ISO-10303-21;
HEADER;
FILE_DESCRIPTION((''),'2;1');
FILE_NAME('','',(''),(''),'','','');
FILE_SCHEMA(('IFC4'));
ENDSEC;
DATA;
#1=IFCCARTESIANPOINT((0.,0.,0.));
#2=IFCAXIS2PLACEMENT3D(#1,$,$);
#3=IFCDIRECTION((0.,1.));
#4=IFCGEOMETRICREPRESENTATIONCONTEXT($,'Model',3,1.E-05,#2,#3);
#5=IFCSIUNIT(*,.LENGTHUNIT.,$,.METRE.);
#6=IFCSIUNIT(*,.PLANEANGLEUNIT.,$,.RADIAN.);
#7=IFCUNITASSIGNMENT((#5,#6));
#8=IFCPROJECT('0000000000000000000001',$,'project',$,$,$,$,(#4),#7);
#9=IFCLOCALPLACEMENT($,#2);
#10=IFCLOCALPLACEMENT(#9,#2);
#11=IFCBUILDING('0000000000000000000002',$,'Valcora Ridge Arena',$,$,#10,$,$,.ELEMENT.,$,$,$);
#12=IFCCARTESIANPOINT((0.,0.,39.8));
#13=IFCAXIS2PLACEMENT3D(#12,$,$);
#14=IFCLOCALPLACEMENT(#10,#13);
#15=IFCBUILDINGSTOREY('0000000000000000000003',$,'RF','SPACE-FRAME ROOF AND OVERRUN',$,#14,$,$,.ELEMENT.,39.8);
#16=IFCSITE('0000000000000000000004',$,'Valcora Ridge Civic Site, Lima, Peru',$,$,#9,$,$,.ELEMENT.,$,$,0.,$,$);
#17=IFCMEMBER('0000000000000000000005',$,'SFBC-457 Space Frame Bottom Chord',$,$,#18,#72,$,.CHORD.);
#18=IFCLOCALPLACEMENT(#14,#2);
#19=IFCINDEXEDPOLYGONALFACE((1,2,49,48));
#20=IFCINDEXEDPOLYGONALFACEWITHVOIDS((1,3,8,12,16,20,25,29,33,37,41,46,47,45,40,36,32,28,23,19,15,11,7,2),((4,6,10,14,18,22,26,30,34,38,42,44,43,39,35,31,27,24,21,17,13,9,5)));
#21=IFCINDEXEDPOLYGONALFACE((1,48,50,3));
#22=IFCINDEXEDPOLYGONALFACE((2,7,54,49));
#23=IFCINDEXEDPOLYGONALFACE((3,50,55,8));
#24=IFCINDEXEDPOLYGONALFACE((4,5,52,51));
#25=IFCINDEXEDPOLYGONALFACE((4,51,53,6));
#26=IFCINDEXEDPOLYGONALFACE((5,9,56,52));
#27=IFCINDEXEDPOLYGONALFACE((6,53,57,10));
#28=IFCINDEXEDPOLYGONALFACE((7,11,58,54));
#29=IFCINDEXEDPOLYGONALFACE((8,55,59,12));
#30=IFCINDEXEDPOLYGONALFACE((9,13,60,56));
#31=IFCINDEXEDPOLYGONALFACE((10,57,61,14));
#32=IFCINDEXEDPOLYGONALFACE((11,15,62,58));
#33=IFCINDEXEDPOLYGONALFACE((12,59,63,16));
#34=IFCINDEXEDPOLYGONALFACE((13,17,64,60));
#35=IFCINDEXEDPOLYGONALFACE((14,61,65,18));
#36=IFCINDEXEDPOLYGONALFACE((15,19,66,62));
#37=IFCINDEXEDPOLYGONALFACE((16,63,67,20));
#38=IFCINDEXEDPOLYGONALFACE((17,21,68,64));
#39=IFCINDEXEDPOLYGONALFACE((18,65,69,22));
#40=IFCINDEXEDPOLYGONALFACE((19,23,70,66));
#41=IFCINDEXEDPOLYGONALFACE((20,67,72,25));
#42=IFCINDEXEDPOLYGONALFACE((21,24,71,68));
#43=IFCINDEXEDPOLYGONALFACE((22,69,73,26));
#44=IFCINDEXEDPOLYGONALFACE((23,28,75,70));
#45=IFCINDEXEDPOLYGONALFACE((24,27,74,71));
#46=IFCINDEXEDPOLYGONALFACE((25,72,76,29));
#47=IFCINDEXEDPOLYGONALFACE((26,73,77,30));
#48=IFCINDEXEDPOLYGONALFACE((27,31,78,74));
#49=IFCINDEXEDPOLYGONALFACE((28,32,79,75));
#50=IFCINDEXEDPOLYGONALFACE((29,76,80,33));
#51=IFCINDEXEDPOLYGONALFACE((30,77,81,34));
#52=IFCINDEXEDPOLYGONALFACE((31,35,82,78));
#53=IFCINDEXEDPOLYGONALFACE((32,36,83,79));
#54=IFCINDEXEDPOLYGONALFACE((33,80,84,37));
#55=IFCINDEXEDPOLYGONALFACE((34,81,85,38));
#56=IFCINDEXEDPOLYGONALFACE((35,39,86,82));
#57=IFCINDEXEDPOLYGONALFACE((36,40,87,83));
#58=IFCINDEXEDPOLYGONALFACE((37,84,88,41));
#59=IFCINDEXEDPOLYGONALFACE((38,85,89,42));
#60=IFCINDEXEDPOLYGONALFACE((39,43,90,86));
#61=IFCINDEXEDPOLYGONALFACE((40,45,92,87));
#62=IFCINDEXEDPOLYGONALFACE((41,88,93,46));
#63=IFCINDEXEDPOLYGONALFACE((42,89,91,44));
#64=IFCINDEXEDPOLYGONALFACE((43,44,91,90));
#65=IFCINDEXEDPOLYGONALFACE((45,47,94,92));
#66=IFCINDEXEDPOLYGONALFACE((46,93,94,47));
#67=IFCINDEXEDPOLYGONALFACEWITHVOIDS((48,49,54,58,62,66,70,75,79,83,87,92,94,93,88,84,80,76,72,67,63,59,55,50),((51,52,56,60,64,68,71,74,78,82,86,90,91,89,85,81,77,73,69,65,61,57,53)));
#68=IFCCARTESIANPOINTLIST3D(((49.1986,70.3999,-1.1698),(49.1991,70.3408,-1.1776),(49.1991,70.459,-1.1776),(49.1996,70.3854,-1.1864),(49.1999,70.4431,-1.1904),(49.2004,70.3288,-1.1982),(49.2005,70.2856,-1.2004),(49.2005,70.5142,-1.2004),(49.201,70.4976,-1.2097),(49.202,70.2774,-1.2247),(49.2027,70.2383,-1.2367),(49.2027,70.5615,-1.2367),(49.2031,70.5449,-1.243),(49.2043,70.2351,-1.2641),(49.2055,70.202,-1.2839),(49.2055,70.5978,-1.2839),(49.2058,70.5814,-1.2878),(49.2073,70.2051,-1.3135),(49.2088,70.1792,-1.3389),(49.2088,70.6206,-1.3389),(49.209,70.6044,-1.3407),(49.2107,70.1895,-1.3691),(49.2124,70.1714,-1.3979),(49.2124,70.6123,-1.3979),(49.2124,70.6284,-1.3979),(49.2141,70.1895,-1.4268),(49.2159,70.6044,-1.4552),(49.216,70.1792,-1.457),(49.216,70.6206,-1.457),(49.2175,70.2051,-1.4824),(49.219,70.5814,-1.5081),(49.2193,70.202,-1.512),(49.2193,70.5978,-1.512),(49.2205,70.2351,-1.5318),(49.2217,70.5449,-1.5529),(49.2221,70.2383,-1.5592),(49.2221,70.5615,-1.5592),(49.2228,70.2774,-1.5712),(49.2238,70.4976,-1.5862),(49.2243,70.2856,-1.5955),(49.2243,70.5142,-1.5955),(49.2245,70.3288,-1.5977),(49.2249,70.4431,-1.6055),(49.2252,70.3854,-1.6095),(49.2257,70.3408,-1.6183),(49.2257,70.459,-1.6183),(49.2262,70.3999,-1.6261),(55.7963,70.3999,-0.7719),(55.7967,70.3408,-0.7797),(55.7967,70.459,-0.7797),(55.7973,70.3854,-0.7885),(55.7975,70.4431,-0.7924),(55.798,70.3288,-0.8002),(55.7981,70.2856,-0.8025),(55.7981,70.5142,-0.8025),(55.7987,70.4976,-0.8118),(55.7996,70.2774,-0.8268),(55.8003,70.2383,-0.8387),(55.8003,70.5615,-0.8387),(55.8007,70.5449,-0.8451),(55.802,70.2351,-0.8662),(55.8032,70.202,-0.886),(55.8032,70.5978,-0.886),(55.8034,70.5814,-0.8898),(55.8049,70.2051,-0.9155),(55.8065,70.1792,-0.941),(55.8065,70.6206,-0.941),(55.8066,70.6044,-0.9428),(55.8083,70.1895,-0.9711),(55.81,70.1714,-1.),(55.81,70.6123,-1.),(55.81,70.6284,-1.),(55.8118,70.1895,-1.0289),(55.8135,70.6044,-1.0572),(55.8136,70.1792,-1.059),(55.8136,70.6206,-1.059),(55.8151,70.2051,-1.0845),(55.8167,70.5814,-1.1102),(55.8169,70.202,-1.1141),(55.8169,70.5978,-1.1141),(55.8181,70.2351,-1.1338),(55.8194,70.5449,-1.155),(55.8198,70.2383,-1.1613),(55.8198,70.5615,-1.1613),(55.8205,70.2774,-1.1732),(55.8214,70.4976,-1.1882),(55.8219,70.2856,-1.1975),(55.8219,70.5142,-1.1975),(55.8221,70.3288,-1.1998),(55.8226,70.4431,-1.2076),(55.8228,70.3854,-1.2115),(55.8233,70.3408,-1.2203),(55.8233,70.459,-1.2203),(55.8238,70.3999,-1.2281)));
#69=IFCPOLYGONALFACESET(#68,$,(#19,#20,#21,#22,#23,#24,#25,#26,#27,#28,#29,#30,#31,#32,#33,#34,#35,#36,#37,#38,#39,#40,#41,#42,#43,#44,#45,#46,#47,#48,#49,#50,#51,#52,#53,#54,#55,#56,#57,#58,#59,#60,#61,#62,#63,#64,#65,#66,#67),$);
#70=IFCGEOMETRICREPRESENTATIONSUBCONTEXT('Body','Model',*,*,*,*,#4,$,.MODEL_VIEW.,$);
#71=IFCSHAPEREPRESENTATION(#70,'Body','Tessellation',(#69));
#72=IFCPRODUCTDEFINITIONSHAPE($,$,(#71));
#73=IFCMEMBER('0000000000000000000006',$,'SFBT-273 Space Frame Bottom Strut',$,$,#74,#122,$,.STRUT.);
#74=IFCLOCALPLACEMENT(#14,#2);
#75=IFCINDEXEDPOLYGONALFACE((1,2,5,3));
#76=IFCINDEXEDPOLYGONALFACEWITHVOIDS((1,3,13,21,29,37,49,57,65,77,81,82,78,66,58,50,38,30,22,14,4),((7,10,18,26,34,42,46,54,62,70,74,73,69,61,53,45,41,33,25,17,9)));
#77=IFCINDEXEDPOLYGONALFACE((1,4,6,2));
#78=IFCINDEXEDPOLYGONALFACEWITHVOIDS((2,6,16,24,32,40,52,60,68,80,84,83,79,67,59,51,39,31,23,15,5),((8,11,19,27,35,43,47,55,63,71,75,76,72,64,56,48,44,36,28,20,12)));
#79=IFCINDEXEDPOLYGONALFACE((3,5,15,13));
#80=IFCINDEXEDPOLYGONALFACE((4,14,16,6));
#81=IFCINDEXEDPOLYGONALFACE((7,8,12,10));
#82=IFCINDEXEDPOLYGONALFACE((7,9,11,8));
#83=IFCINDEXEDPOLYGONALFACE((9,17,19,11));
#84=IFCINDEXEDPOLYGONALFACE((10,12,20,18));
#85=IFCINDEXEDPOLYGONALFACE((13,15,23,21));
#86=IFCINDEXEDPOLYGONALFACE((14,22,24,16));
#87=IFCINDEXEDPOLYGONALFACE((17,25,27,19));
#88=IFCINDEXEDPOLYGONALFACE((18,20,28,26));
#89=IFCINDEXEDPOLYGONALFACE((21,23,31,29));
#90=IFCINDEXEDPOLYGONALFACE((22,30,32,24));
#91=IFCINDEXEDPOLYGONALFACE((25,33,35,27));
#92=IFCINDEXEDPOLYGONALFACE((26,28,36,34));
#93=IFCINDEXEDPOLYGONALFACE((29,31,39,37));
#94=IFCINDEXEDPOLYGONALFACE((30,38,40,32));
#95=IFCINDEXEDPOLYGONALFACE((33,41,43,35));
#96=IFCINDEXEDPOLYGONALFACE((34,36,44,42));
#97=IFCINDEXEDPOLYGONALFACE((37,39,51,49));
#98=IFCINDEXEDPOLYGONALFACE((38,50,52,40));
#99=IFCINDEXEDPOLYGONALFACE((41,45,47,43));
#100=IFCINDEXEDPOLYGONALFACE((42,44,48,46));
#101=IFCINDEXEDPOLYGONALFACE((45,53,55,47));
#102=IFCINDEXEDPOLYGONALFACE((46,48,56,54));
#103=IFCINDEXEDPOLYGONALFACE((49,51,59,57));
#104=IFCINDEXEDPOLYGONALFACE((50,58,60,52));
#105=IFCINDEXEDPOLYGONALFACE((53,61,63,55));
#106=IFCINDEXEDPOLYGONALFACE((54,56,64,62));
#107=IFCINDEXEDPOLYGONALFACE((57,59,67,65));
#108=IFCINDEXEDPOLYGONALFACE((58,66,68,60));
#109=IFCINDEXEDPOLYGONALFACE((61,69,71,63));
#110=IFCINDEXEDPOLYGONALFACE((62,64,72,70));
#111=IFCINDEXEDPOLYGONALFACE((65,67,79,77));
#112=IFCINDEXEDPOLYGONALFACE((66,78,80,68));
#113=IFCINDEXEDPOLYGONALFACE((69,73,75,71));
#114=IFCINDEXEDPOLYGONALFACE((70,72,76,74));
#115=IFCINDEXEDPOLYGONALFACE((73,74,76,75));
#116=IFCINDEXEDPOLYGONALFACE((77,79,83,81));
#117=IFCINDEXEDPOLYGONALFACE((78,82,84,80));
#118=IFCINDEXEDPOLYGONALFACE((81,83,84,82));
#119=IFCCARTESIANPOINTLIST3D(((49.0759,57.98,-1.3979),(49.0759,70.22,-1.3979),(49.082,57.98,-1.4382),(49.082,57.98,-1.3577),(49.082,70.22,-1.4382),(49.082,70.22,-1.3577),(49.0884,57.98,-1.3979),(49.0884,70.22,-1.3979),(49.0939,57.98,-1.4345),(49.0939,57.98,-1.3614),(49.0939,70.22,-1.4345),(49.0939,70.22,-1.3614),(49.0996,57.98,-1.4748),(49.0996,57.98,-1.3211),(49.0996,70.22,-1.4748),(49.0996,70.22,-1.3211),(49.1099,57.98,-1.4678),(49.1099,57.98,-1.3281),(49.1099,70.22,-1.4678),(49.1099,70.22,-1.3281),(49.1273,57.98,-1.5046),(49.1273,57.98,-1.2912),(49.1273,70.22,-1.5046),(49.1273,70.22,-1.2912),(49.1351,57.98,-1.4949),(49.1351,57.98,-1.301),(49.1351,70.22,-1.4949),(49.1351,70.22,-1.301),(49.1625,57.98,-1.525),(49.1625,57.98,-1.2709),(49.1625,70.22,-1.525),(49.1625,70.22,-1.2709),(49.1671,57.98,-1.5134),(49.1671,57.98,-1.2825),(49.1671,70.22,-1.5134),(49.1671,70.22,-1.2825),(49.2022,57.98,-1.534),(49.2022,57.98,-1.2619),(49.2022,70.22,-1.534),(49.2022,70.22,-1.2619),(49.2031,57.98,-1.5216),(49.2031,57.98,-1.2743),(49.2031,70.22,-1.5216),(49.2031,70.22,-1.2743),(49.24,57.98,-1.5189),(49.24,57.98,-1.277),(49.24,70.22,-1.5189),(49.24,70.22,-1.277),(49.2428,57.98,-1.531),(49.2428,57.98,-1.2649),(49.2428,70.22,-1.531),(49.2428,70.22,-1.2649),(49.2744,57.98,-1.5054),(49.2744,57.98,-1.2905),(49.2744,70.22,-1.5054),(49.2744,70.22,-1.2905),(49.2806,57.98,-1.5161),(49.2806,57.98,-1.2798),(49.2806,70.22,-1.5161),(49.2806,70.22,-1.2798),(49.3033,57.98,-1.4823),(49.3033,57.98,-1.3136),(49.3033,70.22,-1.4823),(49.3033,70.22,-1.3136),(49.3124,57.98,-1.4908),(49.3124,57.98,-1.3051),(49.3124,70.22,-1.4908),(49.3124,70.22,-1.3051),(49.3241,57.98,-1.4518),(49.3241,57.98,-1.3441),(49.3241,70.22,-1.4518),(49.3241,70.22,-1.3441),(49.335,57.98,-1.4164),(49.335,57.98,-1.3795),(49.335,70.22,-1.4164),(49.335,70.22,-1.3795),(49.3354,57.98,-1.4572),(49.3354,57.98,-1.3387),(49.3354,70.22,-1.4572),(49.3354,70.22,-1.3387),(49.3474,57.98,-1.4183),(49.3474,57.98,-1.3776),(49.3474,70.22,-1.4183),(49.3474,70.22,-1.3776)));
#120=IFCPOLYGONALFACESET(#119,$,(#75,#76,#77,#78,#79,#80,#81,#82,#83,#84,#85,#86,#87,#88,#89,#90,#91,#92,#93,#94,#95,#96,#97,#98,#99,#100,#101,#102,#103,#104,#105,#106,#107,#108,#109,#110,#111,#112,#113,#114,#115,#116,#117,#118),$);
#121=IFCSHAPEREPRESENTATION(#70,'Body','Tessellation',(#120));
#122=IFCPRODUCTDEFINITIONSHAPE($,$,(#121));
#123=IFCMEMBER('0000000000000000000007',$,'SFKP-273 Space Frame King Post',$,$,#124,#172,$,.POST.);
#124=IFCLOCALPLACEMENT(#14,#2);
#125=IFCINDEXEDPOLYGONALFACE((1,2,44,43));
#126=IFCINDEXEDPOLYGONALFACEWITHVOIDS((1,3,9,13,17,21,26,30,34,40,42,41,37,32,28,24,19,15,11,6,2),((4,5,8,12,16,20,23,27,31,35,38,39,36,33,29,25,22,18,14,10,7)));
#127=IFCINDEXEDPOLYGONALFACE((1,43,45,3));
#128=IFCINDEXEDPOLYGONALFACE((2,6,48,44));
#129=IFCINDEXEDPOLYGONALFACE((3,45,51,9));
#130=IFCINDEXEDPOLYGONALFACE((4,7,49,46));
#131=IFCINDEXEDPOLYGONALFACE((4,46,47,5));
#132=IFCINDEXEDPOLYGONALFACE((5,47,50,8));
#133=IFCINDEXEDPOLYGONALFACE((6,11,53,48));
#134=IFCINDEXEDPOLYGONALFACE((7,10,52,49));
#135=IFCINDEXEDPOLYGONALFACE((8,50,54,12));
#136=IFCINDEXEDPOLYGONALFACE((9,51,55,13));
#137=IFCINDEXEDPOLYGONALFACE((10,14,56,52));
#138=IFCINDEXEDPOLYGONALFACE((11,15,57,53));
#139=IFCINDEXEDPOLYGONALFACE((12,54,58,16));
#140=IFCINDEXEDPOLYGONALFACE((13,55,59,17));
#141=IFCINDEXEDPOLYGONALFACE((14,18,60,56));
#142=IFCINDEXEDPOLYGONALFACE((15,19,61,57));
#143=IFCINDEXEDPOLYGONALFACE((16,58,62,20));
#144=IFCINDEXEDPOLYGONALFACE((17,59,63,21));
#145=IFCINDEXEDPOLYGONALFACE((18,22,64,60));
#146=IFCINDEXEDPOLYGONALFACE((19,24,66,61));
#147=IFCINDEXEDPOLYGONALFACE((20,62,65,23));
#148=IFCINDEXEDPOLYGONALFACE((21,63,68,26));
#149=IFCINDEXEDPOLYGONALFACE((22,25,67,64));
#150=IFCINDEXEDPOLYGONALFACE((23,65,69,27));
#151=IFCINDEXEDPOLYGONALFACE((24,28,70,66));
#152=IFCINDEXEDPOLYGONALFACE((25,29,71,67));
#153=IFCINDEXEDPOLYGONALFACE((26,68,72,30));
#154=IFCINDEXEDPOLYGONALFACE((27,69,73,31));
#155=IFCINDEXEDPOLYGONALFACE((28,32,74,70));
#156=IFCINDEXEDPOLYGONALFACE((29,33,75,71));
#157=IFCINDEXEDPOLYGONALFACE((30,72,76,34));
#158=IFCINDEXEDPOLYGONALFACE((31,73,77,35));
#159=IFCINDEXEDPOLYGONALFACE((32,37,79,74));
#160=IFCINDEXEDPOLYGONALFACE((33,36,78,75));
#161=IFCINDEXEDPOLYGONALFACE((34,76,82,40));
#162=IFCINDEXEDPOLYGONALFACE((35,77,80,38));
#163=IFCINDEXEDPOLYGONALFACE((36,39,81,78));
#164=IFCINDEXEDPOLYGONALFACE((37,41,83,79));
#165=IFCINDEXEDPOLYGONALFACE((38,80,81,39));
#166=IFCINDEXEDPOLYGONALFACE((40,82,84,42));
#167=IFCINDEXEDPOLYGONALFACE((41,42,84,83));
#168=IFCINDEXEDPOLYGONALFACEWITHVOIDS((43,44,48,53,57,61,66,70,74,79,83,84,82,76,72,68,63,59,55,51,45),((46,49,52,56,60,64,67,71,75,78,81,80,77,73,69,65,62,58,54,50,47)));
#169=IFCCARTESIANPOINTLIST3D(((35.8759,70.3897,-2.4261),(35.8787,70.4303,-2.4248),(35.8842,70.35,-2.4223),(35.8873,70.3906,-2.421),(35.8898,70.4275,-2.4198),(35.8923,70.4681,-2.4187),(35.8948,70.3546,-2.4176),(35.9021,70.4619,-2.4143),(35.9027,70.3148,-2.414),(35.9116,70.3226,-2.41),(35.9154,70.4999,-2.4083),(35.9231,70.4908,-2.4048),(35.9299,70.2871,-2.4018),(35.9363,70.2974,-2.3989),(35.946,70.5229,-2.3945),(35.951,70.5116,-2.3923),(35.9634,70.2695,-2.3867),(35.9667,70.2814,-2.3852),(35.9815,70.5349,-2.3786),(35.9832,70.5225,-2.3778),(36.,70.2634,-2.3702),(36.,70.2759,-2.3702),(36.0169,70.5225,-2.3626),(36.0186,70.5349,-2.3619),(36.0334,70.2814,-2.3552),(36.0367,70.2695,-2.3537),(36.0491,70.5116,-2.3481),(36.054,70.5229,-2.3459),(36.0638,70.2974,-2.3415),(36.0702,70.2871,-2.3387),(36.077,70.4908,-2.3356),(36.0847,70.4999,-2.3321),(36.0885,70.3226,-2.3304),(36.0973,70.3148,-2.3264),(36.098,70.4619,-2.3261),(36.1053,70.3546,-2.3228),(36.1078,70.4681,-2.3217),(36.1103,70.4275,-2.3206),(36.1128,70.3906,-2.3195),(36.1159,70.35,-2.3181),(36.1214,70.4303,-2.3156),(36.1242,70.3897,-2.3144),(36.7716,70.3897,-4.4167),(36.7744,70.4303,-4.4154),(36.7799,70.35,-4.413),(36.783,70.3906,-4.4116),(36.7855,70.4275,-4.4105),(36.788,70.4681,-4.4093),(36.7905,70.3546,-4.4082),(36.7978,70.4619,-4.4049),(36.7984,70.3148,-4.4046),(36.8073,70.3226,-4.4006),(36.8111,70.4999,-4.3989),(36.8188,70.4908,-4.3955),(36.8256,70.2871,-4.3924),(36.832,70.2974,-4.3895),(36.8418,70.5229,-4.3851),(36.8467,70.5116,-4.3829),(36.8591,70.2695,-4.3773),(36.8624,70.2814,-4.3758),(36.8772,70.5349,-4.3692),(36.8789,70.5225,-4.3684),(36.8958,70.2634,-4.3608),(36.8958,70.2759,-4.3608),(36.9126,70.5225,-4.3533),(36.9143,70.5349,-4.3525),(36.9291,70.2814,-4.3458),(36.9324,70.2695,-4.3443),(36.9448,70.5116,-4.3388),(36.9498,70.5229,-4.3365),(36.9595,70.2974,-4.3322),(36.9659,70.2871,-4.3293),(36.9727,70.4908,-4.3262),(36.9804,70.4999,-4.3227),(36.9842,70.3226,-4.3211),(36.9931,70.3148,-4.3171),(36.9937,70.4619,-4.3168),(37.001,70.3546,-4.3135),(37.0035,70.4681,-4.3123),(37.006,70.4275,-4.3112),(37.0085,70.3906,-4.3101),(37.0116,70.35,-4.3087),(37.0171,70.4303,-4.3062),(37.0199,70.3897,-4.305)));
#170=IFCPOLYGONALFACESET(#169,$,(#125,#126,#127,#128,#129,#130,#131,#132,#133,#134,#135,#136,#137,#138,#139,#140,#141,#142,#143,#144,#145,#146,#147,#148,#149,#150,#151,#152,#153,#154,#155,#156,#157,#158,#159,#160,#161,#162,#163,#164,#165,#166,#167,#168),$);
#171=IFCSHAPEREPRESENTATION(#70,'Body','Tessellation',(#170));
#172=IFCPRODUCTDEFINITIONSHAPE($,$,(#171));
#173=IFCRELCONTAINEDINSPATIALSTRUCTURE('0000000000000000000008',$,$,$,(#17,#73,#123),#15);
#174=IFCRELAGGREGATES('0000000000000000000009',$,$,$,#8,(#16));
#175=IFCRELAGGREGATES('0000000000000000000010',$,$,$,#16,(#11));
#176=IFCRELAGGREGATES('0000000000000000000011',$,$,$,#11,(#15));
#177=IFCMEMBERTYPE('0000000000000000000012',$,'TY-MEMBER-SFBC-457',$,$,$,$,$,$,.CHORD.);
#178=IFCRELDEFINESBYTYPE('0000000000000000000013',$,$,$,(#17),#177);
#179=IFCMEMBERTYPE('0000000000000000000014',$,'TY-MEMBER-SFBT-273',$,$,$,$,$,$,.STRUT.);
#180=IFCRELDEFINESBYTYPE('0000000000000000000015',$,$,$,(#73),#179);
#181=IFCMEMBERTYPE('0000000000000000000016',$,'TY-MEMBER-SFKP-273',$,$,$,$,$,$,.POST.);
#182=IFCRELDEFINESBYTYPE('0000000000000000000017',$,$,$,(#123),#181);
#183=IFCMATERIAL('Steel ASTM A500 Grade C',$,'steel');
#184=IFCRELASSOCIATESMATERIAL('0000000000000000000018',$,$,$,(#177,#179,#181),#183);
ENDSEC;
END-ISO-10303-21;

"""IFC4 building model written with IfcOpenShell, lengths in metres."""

from ifc_helpers import new_model, si_unit, direction, frame, origin, origin_2d, place, context, subcontext, project, spatial, hollow_circle, extrude, material, material_profile, profile_set, type_object, element, save


model = new_model("IFC4")

# Units and contexts
model_context = context("Model", 3, precision=1e-05, world=origin(), true_north=direction((0.0, 1.0)))
body_context = subcontext(model_context, "Body", "Model", "MODEL_VIEW")
ifc_project = project(units=[si_unit("LENGTHUNIT", "METRE"), si_unit("PLANEANGLEUNIT", "RADIAN")], contexts=[model_context])

# Site, building, storey
site_placement = place(None, origin())
site = spatial("IfcSite", under=ifc_project, at=site_placement, Name="Valcora Ridge Civic Site, Lima, Peru", CompositionType="ELEMENT", RefElevation=0.0)
building_placement = place(site_placement, origin())
building = spatial("IfcBuilding", under=site, at=building_placement, Name="Valcora Ridge Arena", CompositionType="ELEMENT")
storey_placement = place(building_placement, frame((0.0, 0.0, 39.8)))
storey = spatial("IfcBuildingStorey", under=building, at=storey_placement, Name="RF", Description="SPACE-FRAME ROOF AND OVERRUN", CompositionType="ELEMENT", Elevation=39.8)

# Members
ifc_material_1 = material(Name="Steel ASTM A500 Grade C", Category="steel")
ifc_material_profile_1 = material_profile(ifc_material_1, hollow_circle(Radius=0.2285, WallThickness=0.0161, at=origin_2d()), Name="CHS457X16")
ifc_profile_set_1 = profile_set([ifc_material_profile_1], Name="Steel ASTM A500 Grade C")
member_type_1 = type_object("IfcMemberType", Name="TY-MEMBER-SFBC-457", PredefinedType="CHORD", material=ifc_profile_set_1)
member_1_placement = place(storey_placement, frame((49.2124, 70.3999, -1.3979), z_axis=(0.998186, 0.0, 0.060207), x_axis=(0.0, 1.0, 0.0)))
element("IfcMember", 1, at=member_1_placement, inside=storey, type_object=member_type_1, Name="SFBC-457 Space Frame Bottom Chord", PredefinedType="CHORD", context=body_context, shape_type="SweptSolid", body=[
    extrude(hollow_circle(Radius=0.2285, WallThickness=0.0161, at=origin_2d()), origin(), (0.0, 0.0, 1.0), 6.6096),
])
ifc_material_profile_2 = material_profile(ifc_material_1, hollow_circle(Radius=0.1365, WallThickness=0.0125, at=origin_2d()), Name="CHS273X12")
ifc_profile_set_2 = profile_set([ifc_material_profile_2], Name="Steel ASTM A500 Grade C")
member_type_2 = type_object("IfcMemberType", Name="TY-MEMBER-SFBT-273", PredefinedType="STRUT", material=ifc_profile_set_2)
member_2_placement = place(storey_placement, frame((49.2124, 57.98, -1.3979), z_axis=(0.0, 1.0, 0.0), x_axis=(-1.0, 0.0, 0.0)))
element("IfcMember", 2, at=member_2_placement, inside=storey, type_object=member_type_2, Name="SFBT-273 Space Frame Bottom Strut", PredefinedType="STRUT", context=body_context, shape_type="SweptSolid", body=[
    extrude(hollow_circle(Radius=0.1365, WallThickness=0.0125, at=origin_2d()), origin(), (0.0, 0.0, 1.0), 12.24),
])
ifc_material_profile_3 = material_profile(ifc_material_1, hollow_circle(Radius=0.1365, WallThickness=0.0125, at=origin_2d()), Name="CHS273X12")
ifc_profile_set_3 = profile_set([ifc_material_profile_3], Name="Steel ASTM A500 Grade C")
member_type_3 = type_object("IfcMemberType", Name="TY-MEMBER-SFKP-273", PredefinedType="POST", material=ifc_profile_set_3)
member_3_placement = place(storey_placement, frame((36.8958, 70.3999, -4.3608), z_axis=(-0.410337, 0.0, 0.911934), x_axis=(0.0, -1.0, 0.0)))
element("IfcMember", 3, at=member_3_placement, inside=storey, type_object=member_type_3, Name="SFKP-273 Space Frame King Post", PredefinedType="POST", context=body_context, shape_type="SweptSolid", body=[
    extrude(hollow_circle(Radius=0.1365, WallThickness=0.0125, at=origin_2d()), origin(), (0.0, 0.0, 1.0), 2.1829),
])

save(model, "model.ifc")
